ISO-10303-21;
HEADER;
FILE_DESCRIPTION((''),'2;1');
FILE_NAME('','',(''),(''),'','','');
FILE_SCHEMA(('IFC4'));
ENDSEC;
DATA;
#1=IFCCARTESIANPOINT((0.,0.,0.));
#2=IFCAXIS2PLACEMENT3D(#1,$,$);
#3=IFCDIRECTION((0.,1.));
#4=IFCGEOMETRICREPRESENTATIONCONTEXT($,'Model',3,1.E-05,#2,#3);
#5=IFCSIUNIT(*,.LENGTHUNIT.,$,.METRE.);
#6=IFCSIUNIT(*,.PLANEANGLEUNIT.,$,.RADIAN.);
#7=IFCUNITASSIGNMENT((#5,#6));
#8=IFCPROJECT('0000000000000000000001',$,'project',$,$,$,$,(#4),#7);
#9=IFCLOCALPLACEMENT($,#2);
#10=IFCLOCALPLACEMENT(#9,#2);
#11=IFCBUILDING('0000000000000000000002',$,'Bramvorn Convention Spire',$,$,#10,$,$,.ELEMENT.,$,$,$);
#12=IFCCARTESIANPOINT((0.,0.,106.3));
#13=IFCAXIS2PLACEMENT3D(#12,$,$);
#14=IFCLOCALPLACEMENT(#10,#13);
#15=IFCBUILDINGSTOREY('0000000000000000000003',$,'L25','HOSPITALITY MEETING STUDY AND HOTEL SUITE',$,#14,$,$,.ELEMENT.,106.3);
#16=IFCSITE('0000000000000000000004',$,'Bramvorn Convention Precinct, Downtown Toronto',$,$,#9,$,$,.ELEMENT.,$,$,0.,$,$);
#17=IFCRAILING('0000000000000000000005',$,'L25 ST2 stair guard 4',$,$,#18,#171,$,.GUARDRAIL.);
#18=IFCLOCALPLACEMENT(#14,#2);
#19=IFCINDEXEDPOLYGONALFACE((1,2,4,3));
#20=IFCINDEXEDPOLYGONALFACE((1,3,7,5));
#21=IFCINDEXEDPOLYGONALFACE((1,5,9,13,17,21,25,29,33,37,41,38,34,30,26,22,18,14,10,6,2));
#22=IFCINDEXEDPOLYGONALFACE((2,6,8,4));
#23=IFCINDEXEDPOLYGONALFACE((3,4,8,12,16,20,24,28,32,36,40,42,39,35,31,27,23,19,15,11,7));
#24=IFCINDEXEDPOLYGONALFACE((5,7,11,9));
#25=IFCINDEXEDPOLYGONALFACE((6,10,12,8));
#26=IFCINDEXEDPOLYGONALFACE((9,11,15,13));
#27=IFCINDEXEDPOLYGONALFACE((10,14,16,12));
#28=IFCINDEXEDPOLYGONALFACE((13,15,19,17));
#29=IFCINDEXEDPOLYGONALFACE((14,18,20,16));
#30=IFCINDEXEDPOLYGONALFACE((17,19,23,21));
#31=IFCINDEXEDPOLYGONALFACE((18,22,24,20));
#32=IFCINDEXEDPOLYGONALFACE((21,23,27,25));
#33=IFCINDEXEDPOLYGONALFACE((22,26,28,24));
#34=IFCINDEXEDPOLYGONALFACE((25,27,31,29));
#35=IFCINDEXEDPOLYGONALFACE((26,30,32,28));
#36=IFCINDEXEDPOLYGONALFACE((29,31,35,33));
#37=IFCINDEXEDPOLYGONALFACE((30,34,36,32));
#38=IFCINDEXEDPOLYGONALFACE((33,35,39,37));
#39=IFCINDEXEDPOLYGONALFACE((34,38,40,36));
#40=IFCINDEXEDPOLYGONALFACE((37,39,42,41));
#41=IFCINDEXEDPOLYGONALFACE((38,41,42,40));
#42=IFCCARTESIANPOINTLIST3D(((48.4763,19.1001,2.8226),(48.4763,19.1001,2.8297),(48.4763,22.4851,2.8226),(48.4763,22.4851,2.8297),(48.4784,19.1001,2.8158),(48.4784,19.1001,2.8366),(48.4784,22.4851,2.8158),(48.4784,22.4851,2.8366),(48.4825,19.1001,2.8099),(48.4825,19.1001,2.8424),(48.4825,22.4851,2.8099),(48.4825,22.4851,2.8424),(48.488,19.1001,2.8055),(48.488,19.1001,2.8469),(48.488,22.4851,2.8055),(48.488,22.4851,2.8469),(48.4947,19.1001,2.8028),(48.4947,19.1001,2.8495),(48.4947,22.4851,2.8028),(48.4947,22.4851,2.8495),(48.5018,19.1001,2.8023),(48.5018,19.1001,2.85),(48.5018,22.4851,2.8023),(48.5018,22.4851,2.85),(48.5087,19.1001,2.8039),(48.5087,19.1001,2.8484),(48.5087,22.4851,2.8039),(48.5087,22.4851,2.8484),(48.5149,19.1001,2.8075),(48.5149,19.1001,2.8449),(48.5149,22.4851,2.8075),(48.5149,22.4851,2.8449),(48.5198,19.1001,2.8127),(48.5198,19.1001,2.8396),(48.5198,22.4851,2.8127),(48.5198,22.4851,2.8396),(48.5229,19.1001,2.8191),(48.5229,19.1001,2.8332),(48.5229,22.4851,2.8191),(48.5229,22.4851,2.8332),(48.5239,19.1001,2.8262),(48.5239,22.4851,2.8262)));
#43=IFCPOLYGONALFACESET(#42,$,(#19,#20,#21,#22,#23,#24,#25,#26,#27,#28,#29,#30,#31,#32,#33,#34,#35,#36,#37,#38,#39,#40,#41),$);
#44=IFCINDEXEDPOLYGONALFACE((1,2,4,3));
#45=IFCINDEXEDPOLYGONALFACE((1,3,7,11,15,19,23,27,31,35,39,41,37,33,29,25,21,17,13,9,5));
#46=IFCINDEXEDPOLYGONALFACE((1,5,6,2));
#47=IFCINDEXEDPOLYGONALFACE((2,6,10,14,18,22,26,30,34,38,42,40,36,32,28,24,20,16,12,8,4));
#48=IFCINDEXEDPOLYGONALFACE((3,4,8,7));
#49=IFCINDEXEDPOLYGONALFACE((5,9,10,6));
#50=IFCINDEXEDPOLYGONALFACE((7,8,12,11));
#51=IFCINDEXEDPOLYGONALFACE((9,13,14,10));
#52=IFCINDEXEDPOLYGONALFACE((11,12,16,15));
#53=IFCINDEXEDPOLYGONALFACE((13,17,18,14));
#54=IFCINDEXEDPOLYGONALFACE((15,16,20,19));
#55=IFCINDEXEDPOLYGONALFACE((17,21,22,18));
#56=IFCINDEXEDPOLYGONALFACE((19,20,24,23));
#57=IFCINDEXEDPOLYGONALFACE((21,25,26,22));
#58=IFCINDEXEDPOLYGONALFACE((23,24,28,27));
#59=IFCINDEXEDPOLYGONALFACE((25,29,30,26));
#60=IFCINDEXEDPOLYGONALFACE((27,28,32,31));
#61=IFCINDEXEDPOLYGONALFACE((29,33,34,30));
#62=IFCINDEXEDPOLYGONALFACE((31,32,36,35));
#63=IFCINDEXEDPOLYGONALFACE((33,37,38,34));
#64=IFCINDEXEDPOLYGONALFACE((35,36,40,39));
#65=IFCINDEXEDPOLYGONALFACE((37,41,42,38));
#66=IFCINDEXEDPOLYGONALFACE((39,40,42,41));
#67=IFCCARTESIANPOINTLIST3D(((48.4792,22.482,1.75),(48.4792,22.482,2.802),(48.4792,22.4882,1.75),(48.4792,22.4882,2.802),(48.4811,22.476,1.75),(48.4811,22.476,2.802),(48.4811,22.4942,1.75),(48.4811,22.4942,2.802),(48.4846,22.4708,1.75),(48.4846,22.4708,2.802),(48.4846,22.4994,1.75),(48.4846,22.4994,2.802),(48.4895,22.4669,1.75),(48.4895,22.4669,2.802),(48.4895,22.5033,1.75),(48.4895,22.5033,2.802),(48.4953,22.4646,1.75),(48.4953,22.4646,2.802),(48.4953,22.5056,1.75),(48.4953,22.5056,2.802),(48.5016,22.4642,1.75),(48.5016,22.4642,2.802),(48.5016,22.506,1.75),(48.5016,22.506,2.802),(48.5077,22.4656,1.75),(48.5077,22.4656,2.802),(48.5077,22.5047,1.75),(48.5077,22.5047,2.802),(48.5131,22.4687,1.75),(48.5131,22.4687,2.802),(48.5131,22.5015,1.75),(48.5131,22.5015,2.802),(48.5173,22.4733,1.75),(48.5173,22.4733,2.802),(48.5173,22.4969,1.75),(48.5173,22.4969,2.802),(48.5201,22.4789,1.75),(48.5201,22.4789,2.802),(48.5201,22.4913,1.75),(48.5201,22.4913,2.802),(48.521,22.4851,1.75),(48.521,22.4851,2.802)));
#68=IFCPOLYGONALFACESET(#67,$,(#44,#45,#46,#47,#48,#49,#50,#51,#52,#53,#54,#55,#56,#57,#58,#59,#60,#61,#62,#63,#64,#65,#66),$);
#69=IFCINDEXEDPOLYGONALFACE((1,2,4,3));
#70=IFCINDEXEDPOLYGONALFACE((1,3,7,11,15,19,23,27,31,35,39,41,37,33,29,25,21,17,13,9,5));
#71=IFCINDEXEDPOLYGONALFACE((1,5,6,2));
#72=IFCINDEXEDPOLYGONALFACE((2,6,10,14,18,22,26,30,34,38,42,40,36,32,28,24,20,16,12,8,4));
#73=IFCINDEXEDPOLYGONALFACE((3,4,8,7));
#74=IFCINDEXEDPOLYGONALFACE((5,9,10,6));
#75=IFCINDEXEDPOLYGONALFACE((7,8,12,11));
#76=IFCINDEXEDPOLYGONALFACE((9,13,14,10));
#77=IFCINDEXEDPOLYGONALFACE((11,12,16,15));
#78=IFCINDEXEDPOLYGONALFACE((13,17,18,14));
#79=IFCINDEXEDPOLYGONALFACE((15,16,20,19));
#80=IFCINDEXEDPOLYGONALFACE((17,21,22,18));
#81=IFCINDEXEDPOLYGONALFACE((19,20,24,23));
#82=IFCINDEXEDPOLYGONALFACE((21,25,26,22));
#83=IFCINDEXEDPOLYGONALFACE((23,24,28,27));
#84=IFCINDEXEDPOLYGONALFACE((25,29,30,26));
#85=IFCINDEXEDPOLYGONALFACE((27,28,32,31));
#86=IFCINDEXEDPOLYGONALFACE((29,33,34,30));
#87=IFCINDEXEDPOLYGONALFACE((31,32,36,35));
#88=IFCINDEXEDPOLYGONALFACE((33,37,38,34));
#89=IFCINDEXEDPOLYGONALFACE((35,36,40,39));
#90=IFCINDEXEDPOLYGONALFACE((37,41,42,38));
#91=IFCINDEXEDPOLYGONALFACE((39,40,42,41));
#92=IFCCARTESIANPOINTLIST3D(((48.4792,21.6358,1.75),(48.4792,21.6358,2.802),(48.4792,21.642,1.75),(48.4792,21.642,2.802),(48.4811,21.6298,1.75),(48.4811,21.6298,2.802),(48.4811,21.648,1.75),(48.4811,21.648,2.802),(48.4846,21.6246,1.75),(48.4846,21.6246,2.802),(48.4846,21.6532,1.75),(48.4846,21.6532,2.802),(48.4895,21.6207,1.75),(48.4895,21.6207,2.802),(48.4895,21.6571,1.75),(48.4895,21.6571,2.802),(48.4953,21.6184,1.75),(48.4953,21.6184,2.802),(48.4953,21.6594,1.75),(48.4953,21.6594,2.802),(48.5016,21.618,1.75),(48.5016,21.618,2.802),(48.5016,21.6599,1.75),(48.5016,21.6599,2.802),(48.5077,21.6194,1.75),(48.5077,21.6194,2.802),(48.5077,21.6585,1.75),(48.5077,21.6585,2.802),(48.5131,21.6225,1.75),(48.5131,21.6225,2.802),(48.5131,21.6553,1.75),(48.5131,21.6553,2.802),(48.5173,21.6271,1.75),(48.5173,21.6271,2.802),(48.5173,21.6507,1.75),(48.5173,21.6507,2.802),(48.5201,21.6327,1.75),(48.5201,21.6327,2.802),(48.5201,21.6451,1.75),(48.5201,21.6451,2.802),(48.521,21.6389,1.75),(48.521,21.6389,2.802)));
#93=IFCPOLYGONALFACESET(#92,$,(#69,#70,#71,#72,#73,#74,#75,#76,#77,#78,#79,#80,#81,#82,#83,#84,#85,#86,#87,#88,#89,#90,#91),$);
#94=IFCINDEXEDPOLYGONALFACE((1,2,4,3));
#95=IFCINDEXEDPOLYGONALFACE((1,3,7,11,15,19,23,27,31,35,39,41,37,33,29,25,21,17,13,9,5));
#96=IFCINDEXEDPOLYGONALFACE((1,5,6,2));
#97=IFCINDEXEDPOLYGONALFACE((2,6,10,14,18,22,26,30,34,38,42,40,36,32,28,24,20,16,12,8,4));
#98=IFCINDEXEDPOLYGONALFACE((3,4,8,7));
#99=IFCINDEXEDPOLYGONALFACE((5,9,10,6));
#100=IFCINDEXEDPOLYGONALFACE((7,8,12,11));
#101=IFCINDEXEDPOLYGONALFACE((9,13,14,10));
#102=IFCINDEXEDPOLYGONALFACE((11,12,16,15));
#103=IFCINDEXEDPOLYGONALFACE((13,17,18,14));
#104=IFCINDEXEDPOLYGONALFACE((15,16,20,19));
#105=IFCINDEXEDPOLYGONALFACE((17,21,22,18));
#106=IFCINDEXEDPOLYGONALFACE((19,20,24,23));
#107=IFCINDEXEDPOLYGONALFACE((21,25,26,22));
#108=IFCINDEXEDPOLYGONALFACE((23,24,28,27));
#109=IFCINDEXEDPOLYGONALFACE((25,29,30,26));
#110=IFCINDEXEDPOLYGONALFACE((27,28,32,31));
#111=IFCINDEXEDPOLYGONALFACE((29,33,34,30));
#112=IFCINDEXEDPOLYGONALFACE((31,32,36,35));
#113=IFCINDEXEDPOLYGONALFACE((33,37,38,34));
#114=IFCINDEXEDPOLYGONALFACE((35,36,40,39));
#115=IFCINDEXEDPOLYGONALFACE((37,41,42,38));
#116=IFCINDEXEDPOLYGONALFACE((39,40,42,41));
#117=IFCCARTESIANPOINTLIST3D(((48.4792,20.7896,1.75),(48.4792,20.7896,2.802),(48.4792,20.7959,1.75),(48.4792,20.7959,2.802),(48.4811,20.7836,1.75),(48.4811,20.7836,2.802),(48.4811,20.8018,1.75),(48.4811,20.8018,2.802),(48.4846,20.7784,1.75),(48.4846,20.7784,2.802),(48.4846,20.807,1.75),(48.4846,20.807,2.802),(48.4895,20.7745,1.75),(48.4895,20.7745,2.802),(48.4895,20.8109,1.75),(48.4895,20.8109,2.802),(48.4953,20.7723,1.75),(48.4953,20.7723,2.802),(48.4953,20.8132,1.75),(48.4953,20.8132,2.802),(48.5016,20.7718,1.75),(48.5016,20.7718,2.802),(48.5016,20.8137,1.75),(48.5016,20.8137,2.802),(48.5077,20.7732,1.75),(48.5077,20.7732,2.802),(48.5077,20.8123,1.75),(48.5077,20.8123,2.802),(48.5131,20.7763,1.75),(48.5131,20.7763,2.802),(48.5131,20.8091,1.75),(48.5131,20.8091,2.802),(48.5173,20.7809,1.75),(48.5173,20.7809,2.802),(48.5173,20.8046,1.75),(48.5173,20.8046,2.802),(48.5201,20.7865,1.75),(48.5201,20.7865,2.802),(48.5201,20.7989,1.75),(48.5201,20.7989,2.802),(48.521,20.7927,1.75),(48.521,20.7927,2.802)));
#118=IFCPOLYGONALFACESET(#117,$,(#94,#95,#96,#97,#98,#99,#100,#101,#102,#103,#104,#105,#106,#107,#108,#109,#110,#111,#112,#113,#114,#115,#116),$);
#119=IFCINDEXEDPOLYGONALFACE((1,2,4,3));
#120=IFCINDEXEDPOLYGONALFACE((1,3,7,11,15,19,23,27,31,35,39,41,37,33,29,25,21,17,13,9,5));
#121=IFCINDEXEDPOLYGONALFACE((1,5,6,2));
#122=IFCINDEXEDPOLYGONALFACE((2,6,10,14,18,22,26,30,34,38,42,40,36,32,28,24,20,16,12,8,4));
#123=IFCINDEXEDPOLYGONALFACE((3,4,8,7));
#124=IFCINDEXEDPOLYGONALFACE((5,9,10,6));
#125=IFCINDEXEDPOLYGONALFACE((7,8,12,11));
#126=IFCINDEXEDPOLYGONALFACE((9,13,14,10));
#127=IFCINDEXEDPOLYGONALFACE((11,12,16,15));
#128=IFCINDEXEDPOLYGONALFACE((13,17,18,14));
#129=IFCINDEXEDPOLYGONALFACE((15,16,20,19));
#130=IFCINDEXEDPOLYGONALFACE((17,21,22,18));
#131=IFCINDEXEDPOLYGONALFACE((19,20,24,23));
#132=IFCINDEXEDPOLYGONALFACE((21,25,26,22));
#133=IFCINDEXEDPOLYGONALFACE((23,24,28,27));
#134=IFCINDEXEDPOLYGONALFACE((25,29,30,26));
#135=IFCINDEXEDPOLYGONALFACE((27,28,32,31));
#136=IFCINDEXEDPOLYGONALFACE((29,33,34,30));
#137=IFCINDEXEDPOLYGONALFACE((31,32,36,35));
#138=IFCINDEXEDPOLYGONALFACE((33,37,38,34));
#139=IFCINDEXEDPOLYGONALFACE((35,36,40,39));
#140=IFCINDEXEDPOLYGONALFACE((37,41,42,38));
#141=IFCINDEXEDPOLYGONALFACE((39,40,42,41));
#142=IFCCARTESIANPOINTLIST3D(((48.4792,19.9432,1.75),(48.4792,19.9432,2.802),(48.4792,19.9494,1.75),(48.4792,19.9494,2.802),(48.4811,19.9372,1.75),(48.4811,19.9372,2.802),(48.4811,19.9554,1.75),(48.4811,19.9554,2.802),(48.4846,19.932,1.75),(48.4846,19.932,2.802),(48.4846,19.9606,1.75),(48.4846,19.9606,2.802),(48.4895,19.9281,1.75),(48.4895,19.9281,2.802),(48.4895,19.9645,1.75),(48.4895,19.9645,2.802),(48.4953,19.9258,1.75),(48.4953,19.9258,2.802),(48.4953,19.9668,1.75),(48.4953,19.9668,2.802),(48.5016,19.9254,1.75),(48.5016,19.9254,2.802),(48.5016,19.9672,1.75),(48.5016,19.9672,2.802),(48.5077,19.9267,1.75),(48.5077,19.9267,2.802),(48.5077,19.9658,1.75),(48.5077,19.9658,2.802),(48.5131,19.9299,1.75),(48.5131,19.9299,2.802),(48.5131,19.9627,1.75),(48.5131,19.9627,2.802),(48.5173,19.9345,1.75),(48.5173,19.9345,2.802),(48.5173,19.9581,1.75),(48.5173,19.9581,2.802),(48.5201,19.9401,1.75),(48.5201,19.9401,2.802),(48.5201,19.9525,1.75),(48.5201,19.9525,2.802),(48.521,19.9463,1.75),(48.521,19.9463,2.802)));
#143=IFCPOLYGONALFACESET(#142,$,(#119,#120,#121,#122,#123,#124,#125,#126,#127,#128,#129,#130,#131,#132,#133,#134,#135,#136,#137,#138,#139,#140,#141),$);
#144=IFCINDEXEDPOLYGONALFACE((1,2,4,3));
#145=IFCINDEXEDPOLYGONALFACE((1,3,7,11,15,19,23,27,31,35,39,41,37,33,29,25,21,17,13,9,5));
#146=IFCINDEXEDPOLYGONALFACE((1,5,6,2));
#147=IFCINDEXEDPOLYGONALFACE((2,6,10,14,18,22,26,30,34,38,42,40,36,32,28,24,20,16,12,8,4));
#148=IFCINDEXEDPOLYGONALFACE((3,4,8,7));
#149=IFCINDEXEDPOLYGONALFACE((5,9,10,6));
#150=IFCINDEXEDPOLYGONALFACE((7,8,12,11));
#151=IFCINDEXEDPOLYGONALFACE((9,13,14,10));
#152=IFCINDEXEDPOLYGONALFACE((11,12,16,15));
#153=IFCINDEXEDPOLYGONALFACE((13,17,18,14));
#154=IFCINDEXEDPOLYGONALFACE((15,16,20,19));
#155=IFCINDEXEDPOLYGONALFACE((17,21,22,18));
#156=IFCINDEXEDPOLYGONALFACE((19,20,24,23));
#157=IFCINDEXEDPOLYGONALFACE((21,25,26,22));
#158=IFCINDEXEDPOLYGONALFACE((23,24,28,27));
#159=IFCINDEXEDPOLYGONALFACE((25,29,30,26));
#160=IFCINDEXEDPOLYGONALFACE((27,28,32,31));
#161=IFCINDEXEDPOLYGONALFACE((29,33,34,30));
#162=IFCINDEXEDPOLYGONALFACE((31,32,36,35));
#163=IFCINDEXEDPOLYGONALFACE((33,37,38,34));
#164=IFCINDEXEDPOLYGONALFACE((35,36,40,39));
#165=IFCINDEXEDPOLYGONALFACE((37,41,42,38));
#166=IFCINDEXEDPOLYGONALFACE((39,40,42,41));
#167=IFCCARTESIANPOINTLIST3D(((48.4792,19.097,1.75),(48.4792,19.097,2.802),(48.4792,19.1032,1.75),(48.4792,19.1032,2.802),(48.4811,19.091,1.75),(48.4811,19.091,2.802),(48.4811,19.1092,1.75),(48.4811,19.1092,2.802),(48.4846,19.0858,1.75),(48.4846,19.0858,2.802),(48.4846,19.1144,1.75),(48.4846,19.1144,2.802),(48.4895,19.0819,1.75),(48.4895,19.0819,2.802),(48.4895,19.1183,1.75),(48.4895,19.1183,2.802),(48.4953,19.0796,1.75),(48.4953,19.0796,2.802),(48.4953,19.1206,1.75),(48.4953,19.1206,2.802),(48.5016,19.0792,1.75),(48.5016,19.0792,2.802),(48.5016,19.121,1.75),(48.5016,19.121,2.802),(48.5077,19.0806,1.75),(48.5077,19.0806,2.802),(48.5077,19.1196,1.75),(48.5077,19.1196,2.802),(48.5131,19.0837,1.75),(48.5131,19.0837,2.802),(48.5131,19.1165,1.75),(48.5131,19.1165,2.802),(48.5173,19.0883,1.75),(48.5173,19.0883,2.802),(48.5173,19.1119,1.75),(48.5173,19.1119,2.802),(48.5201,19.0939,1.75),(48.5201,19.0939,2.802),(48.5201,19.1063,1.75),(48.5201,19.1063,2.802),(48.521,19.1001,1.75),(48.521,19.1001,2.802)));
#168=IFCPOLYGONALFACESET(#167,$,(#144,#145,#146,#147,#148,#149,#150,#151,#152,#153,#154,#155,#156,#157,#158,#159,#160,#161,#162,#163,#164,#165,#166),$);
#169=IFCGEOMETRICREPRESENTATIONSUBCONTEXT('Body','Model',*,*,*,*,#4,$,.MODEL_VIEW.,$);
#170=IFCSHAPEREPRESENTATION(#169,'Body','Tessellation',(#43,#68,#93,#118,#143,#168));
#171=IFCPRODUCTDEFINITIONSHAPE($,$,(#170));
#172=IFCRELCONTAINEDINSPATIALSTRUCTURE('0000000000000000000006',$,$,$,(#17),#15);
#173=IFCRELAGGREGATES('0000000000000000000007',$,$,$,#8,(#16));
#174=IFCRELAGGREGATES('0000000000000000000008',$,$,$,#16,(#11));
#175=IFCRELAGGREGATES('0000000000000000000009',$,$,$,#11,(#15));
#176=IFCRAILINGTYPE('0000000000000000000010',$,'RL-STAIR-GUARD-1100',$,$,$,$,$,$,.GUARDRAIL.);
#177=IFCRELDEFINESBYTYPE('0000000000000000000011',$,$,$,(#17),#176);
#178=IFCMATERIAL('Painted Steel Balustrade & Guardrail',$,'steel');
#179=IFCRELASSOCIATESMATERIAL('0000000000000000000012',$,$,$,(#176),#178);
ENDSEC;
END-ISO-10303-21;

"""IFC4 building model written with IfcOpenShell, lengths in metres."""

from ifc_helpers import new_model, si_unit, direction, frame, origin, origin_2d, place, context, subcontext, project, spatial, circle, extrude, material, type_object, element, save


model = new_model("IFC4")

# Units and contexts
model_context = context("Model", 3, precision=1e-05, world=origin(), true_north=direction((0.0, 1.0)))
body_context = subcontext(model_context, "Body", "Model", "MODEL_VIEW")
ifc_project = project(units=[si_unit("LENGTHUNIT", "METRE"), si_unit("PLANEANGLEUNIT", "RADIAN")], contexts=[model_context])

# Site, building, storey
site_placement = place(None, origin())
site = spatial("IfcSite", under=ifc_project, at=site_placement, Name="Bramvorn Convention Precinct, Downtown Toronto", CompositionType="ELEMENT", RefElevation=0.0)
building_placement = place(site_placement, origin())
building = spatial("IfcBuilding", under=site, at=building_placement, Name="Bramvorn Convention Spire", CompositionType="ELEMENT")
storey_placement = place(building_placement, frame((0.0, 0.0, 106.3)))
storey = spatial("IfcBuildingStorey", under=building, at=storey_placement, Name="L25", Description="HOSPITALITY MEETING STUDY AND HOTEL SUITE", CompositionType="ELEMENT", Elevation=106.3)

# Railing
ifc_material_1 = material(Name="Painted Steel Balustrade & Guardrail", Category="steel")
railing_type = type_object("IfcRailingType", Name="RL-STAIR-GUARD-1100", PredefinedType="GUARDRAIL", material=ifc_material_1)
for number, where, name in (
    (1, (48.5, 22.4851, 1.75), "L25 ST2 stair guard 4"),
):
    element("IfcRailing", number, at=place(storey_placement, frame(where)), inside=storey, type_object=railing_type, Name=name, PredefinedType="GUARDRAIL", context=body_context, shape_type="SweptSolid", body=[
        extrude(circle(Radius=0.0239, at=origin_2d()), frame((0.0, 0.0, 1.0762), z_axis=(0.0, -1.0, 0.0), x_axis=(1.0, 0.0, 0.0)), (0.0, 0.0, 1.0), 3.385),
        extrude(circle(Radius=0.021, at=origin_2d()), origin(), (0.0, 0.0, 1.0), 1.052),
        extrude(circle(Radius=0.021, at=origin_2d()), frame((0.0, -0.8462, 0.0)), (0.0, 0.0, 1.0), 1.052),
        extrude(circle(Radius=0.021, at=origin_2d()), frame((0.0, -1.6924, 0.0)), (0.0, 0.0, 1.0), 1.052),
        extrude(circle(Radius=0.021, at=origin_2d()), frame((0.0, -2.5388, 0.0)), (0.0, 0.0, 1.0), 1.052),
        extrude(circle(Radius=0.021, at=origin_2d()), frame((0.0, -3.385, 0.0)), (0.0, 0.0, 1.0), 1.052),
    ])

save(model, "model.ifc")
